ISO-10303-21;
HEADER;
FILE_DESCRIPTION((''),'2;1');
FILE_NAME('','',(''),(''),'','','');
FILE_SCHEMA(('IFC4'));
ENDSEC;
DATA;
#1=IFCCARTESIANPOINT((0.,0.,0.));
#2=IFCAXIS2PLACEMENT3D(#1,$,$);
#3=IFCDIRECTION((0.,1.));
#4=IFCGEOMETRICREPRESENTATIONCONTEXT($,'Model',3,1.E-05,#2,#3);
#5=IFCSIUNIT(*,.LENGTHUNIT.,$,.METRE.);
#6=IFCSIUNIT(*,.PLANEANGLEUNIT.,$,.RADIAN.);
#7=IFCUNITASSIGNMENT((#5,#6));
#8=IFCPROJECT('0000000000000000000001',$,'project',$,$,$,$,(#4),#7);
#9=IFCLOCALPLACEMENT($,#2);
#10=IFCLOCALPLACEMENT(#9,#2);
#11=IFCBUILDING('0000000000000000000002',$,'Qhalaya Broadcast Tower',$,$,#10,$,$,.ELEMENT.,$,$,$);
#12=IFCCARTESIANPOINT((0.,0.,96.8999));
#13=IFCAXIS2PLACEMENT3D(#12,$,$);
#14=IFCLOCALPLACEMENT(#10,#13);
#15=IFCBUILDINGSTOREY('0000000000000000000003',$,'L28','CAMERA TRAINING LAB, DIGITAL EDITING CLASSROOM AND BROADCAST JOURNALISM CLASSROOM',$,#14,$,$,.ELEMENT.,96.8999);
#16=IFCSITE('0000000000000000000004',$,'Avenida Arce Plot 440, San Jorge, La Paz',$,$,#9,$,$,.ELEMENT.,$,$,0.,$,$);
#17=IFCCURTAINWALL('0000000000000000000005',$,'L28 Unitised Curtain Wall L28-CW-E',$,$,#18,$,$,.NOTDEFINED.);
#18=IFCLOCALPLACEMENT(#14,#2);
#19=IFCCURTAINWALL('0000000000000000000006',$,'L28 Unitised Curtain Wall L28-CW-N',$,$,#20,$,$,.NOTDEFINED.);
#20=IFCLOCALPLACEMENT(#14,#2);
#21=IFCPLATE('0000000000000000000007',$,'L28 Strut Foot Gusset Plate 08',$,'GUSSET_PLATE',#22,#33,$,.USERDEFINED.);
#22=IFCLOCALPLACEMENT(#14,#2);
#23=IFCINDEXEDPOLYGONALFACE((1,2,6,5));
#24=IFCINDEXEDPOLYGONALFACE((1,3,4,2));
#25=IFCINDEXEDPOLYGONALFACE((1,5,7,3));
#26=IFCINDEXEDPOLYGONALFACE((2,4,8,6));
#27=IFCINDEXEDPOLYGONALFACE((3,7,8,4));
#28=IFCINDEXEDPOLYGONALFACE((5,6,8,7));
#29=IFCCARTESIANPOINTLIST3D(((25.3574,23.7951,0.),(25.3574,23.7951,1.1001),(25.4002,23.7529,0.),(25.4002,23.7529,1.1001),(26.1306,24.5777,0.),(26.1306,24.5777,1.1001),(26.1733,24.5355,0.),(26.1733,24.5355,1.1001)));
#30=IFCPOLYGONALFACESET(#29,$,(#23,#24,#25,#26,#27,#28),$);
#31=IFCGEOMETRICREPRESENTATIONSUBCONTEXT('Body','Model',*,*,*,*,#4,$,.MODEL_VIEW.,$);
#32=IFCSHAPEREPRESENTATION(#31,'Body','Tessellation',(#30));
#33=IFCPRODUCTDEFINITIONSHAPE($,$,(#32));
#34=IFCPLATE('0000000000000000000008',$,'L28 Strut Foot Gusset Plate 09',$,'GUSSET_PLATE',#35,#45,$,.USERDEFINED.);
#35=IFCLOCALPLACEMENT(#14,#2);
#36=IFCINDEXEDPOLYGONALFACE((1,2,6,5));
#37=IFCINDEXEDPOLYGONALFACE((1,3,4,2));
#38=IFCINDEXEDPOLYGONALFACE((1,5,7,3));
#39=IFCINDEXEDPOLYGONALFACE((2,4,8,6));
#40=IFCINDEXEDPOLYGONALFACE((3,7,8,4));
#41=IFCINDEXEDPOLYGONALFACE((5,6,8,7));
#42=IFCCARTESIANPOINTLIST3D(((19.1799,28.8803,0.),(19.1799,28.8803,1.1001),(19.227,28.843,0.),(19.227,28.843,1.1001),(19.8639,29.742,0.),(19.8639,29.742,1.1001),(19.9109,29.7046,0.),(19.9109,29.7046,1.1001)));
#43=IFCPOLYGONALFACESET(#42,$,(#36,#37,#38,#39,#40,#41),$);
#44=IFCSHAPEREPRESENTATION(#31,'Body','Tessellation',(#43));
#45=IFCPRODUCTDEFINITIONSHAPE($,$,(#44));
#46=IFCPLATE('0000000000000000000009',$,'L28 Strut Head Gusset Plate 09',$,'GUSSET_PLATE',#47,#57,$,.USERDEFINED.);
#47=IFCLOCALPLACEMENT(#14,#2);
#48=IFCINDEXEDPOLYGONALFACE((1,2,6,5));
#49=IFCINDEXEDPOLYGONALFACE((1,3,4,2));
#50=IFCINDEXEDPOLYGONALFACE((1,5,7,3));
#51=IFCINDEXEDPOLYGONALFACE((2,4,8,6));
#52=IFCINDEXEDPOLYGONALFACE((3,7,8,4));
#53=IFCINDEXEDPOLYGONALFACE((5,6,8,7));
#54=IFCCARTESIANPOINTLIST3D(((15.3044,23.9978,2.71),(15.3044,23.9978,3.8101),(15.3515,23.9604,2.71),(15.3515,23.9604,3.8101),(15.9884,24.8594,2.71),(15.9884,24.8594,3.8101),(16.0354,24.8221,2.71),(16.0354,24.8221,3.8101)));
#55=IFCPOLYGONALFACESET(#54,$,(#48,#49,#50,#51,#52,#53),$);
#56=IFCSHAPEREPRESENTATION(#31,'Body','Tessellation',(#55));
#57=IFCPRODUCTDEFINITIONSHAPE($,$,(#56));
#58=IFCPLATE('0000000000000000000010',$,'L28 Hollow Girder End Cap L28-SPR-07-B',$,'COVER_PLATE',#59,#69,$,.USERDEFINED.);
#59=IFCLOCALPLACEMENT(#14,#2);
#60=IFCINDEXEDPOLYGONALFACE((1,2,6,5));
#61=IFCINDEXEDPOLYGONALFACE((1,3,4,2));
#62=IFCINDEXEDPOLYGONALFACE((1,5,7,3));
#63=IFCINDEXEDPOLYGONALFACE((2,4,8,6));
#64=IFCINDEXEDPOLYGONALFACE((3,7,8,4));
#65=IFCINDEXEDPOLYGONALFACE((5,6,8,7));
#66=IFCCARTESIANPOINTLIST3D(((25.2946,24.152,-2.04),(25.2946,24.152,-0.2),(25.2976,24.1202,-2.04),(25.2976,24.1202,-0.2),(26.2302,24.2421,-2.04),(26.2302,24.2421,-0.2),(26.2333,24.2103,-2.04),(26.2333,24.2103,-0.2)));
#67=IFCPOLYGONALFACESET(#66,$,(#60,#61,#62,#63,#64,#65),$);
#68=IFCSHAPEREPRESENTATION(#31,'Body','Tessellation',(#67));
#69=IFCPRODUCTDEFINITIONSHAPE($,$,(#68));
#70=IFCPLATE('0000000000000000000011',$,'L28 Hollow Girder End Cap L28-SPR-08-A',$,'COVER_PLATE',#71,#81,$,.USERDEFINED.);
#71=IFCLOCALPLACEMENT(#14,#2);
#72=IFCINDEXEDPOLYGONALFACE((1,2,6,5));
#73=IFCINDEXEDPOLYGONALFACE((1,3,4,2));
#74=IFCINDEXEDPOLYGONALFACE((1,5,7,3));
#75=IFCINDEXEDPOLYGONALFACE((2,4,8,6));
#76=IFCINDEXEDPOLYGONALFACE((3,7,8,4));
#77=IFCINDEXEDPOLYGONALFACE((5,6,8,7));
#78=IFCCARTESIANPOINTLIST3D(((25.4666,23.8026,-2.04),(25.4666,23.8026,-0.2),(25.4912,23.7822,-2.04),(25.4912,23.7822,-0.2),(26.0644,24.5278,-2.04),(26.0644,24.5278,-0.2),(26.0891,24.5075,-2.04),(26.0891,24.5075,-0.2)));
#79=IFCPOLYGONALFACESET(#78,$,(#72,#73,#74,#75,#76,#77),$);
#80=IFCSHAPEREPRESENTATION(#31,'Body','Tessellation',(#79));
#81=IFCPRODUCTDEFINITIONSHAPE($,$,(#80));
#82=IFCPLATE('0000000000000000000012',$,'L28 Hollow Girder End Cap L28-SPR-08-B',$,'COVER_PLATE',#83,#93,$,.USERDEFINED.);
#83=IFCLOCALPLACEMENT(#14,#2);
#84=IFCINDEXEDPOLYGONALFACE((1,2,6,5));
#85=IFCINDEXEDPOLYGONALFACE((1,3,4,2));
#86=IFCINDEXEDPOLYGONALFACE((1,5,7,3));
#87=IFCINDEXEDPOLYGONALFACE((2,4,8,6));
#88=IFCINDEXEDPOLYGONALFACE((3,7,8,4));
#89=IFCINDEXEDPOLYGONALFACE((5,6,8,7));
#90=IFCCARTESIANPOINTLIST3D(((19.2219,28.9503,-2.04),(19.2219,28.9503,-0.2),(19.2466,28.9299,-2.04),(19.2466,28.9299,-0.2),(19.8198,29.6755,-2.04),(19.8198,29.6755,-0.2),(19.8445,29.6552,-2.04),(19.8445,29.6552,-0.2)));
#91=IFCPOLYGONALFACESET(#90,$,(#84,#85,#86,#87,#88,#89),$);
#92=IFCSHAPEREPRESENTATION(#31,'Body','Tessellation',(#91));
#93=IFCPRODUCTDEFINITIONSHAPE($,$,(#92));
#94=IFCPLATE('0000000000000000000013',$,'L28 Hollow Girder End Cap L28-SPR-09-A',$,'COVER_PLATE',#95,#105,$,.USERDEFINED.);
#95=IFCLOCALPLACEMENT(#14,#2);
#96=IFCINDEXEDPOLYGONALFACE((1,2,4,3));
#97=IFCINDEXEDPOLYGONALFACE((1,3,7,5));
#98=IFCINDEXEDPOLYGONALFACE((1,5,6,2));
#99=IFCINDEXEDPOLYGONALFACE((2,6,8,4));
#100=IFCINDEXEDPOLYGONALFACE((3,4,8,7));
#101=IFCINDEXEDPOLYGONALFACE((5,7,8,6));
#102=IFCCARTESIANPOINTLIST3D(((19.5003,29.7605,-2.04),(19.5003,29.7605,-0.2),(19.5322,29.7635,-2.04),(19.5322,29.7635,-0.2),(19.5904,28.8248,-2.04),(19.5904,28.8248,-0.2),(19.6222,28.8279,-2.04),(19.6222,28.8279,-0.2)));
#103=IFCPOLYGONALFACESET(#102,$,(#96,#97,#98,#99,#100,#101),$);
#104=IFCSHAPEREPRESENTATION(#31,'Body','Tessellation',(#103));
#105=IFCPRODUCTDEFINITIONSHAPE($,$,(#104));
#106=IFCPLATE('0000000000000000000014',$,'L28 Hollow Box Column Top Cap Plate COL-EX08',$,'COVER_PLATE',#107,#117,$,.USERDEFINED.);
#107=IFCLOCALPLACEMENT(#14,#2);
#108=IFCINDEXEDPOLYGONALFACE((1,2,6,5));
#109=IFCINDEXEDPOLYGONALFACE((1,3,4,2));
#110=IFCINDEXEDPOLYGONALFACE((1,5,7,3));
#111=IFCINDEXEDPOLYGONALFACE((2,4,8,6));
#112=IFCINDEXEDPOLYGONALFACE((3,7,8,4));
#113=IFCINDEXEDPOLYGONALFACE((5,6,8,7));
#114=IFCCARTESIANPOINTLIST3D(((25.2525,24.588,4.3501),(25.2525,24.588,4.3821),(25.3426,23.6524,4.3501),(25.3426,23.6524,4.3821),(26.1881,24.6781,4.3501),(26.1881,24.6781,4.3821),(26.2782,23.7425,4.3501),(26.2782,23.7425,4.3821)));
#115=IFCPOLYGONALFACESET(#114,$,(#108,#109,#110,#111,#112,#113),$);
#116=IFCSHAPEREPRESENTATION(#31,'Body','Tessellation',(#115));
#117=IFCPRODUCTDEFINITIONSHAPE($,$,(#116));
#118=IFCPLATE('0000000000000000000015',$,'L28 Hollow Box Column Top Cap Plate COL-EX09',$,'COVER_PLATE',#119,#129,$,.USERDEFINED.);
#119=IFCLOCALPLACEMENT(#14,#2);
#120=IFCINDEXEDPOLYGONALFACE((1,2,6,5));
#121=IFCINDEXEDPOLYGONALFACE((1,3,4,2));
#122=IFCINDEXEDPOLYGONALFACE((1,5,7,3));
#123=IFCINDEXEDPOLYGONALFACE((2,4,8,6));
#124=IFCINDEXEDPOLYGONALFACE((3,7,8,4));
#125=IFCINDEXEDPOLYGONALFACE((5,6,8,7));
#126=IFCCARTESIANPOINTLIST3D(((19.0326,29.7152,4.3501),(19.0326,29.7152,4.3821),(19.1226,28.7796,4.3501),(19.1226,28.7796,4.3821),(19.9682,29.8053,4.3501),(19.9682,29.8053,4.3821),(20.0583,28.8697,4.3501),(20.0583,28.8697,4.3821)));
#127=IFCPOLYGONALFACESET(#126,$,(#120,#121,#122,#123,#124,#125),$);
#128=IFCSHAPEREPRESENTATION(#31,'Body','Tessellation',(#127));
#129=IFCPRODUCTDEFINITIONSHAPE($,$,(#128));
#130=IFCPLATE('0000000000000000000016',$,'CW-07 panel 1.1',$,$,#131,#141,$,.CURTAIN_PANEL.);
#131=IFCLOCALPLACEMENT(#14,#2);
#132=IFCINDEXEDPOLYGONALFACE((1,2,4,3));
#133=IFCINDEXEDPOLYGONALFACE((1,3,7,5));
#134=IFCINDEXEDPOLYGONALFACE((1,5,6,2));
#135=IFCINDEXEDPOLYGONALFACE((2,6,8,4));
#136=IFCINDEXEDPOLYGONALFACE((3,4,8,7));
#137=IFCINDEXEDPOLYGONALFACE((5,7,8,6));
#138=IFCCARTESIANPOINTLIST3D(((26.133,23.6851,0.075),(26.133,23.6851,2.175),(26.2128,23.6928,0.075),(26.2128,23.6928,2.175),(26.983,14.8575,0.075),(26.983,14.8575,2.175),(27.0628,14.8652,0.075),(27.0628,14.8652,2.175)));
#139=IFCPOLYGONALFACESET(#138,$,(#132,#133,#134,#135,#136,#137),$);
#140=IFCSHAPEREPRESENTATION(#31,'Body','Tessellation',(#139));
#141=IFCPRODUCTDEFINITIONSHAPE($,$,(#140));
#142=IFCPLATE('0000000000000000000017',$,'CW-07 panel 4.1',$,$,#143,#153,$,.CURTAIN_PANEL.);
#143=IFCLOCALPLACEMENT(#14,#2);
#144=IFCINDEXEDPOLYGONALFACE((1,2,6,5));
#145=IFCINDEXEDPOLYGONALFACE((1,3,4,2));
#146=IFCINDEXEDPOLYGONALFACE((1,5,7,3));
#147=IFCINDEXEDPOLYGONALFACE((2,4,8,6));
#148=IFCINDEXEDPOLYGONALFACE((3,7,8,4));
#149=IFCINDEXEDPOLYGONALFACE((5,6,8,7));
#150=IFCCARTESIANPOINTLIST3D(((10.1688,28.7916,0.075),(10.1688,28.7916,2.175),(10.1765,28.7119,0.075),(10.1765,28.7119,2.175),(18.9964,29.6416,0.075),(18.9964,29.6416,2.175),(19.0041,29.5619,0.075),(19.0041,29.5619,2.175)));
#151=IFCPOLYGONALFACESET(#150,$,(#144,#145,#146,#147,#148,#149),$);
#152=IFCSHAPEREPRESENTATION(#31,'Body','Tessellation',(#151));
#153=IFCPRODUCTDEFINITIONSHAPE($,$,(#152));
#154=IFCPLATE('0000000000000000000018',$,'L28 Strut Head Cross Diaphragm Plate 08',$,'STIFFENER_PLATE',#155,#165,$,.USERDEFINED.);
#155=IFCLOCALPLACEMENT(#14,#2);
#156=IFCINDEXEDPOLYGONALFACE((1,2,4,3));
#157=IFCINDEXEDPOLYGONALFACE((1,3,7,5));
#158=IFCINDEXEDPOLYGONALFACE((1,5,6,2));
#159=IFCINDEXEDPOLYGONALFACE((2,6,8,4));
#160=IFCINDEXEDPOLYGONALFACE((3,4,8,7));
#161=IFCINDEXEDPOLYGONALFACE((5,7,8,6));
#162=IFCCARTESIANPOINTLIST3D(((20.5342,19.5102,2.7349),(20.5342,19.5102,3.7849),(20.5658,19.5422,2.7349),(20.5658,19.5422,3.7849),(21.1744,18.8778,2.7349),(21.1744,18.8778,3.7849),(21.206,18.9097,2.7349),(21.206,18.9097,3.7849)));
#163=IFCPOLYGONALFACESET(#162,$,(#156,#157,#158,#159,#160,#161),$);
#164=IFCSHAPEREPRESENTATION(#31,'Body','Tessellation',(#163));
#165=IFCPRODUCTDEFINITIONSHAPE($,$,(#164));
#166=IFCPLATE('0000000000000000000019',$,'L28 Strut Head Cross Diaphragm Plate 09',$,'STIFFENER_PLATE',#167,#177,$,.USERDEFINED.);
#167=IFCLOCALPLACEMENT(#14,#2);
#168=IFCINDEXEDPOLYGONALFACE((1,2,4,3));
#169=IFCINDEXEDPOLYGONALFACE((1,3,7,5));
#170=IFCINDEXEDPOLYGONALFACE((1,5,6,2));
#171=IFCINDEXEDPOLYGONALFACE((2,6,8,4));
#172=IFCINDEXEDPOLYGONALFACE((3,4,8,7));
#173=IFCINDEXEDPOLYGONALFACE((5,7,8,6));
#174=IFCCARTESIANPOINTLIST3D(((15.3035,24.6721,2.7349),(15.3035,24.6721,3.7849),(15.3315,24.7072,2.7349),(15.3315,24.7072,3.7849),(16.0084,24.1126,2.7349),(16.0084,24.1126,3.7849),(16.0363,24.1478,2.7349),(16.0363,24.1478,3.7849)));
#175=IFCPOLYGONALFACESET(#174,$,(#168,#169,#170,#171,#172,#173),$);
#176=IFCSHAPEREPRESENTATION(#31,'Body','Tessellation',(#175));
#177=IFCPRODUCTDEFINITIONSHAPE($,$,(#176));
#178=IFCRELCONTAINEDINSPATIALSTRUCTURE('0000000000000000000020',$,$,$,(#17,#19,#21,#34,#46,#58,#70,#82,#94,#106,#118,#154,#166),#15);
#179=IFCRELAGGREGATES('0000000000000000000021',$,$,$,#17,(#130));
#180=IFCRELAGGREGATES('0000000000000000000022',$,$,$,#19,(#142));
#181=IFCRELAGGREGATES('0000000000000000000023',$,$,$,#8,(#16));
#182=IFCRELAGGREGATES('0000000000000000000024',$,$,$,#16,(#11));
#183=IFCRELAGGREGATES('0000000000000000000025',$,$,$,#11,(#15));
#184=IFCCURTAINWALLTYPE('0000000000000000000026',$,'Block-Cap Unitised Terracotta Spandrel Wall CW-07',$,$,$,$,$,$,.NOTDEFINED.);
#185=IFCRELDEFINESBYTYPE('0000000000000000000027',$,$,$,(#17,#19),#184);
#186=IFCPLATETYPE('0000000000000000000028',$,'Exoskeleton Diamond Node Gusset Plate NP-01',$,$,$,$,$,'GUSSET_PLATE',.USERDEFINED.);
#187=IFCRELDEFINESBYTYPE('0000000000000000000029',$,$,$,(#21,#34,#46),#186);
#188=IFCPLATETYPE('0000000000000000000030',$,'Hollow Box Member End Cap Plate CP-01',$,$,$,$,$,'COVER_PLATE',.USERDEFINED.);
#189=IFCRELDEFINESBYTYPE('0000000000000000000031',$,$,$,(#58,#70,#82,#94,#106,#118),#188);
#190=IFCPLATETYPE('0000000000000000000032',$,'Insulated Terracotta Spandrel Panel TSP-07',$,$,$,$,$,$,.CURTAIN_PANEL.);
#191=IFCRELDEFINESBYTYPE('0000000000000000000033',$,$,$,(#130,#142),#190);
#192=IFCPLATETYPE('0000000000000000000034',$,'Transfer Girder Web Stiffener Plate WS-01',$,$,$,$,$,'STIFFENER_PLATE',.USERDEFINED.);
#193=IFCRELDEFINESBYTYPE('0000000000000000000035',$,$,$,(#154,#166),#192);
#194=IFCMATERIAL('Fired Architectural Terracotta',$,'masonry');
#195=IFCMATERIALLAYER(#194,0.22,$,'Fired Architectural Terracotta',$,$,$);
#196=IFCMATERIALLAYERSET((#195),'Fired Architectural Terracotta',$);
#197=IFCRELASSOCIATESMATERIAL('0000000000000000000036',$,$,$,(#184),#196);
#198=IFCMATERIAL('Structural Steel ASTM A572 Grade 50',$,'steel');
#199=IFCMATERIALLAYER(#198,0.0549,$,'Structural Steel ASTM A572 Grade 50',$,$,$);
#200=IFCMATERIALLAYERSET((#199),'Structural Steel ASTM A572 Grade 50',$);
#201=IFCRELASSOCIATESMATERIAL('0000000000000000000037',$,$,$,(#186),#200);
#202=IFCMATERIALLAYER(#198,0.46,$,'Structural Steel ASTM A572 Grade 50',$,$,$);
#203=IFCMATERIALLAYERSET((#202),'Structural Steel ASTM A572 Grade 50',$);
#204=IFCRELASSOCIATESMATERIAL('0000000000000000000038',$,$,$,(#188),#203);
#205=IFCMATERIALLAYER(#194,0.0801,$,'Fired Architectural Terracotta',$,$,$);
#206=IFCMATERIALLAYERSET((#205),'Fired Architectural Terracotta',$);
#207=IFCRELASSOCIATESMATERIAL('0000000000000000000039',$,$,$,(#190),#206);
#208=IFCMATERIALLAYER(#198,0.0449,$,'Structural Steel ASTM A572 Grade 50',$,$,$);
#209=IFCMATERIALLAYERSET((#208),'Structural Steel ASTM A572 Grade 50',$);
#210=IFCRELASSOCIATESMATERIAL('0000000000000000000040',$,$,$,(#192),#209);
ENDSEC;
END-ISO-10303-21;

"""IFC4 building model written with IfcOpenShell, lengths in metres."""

from ifc_helpers import new_model, si_unit, direction, frame, origin, origin_2d, place, context, subcontext, project, spatial, rectangle, extrude, material, layer, layer_set, type_object, element, aggregate, save


model = new_model("IFC4")

# Units and contexts
model_context = context("Model", 3, precision=1e-05, world=origin(), true_north=direction((0.0, 1.0)))
body_context = subcontext(model_context, "Body", "Model", "MODEL_VIEW")
ifc_project = project(units=[si_unit("LENGTHUNIT", "METRE"), si_unit("PLANEANGLEUNIT", "RADIAN")], contexts=[model_context])

# Site, building, storey
site_placement = place(None, origin())
site = spatial("IfcSite", under=ifc_project, at=site_placement, Name="Avenida Arce Plot 440, San Jorge, La Paz", CompositionType="ELEMENT", RefElevation=0.0)
building_placement = place(site_placement, origin())
building = spatial("IfcBuilding", under=site, at=building_placement, Name="Qhalaya Broadcast Tower", CompositionType="ELEMENT")
storey_placement = place(building_placement, frame((0.0, 0.0, 96.8999)))
storey = spatial("IfcBuildingStorey", under=building, at=storey_placement, Name="L28", Description="CAMERA TRAINING LAB, DIGITAL EDITING CLASSROOM AND BROADCAST JOURNALISM CLASSROOM", CompositionType="ELEMENT", Elevation=96.8999)

# Shared definitions
ifc_material_1 = material(Name="Structural Steel ASTM A572 Grade 50", Category="steel")

# Curtain walls
ifc_material_2 = material(Name="Fired Architectural Terracotta", Category="masonry")
ifc_layer_1 = layer(ifc_material_2, 0.22, Name="Fired Architectural Terracotta")
ifc_layer_set_1 = layer_set([ifc_layer_1], Name="Fired Architectural Terracotta")
curtain_wall_type = type_object("IfcCurtainWallType", Name="Block-Cap Unitised Terracotta Spandrel Wall CW-07", PredefinedType="NOTDEFINED", material=ifc_layer_set_1)
curtain_wall_1_placement = place(storey_placement, origin())
curtain_wall_1 = element("IfcCurtainWall", 1, at=curtain_wall_1_placement, inside=storey, type_object=curtain_wall_type, Name="L28 Unitised Curtain Wall L28-CW-E", PredefinedType="NOTDEFINED")
curtain_wall_2_placement = place(storey_placement, origin())
curtain_wall_2 = element("IfcCurtainWall", 2, at=curtain_wall_2_placement, inside=storey, type_object=curtain_wall_type, Name="L28 Unitised Curtain Wall L28-CW-N", PredefinedType="NOTDEFINED")

# Plates
ifc_layer_2 = layer(ifc_material_1, 0.0549, Name="Structural Steel ASTM A572 Grade 50")
ifc_layer_set_2 = layer_set([ifc_layer_2], Name="Structural Steel ASTM A572 Grade 50")
plate_type_1 = type_object("IfcPlateType", Name="Exoskeleton Diamond Node Gusset Plate NP-01", ElementType="GUSSET_PLATE", PredefinedType="USERDEFINED", material=ifc_layer_set_2)
for number, where, z_axis, x_axis, name in (
    (3, (25.7654, 24.1653, 0.0), (0.0, 0.0, 1.0), (-0.702811, -0.711376, 0.0), "L28 Strut Foot Gusset Plate 08"),
    (4, (19.5454, 29.2925, 0.0), (0.0, 0.0, 1.0), (-0.621695, -0.78326, 0.0), "L28 Strut Foot Gusset Plate 09"),
    (5, (15.6699, 24.4099, 2.71), (0.0, 0.0, 1.0), (-0.621695, -0.78326, 0.0), "L28 Strut Head Gusset Plate 09"),
):
    element("IfcPlate", number, at=place(storey_placement, frame(where, z_axis=z_axis, x_axis=x_axis)), inside=storey, type_object=plate_type_1, Name=name, ObjectType="GUSSET_PLATE", PredefinedType="USERDEFINED", context=body_context, shape_type="SweptSolid", body=[
        extrude(rectangle(XDim=1.1001, YDim=0.0601, at=origin_2d()), origin(), (0.0, 0.0, 1.0), 1.1001),
    ])
ifc_layer_3 = layer(ifc_material_1, 0.46, Name="Structural Steel ASTM A572 Grade 50")
ifc_layer_set_3 = layer_set([ifc_layer_3], Name="Structural Steel ASTM A572 Grade 50")
plate_type_2 = type_object("IfcPlateType", Name="Hollow Box Member End Cap Plate CP-01", ElementType="COVER_PLATE", PredefinedType="USERDEFINED", material=ifc_layer_set_3)
for number, where, z_axis, x_axis, name in (
    (6, (25.7639, 24.1812, -2.04), (0.0, 0.0, 1.0), (-0.995396, -0.095846, 0.0), "L28 Hollow Girder End Cap L28-SPR-07-B"),
    (7, (25.7778, 24.155, -2.04), (0.0, 0.0, 1.0), (-0.636078, -0.771625, 0.0), "L28 Hollow Girder End Cap L28-SPR-08-A"),
    (8, (19.5332, 29.3027, -2.04), (0.0, 0.0, 1.0), (-0.636078, -0.771625, 0.0), "L28 Hollow Girder End Cap L28-SPR-08-B"),
    (9, (19.5613, 29.2942, -2.04), (0.0, 0.0, 1.0), (0.095846, -0.995396, 0.0), "L28 Hollow Girder End Cap L28-SPR-09-A"),
):
    element("IfcPlate", number, at=place(storey_placement, frame(where, z_axis=z_axis, x_axis=x_axis)), inside=storey, type_object=plate_type_2, Name=name, ObjectType="COVER_PLATE", PredefinedType="USERDEFINED", context=body_context, shape_type="SweptSolid", body=[
        extrude(rectangle(XDim=0.9399, YDim=0.032, at=origin_2d()), origin(), (0.0, 0.0, 1.0), 1.8401),
    ])
for number, where, z_axis, x_axis, name in (
    (10, (25.7654, 24.1653, 4.3501), (0.0, 0.0, 1.0), (-0.095846, 0.995396, 0.0), "L28 Hollow Box Column Top Cap Plate COL-EX08"),
    (11, (19.5454, 29.2925, 4.3501), (0.0, 0.0, 1.0), (0.995396, 0.095846, 0.0), "L28 Hollow Box Column Top Cap Plate COL-EX09"),
):
    element("IfcPlate", number, at=place(storey_placement, frame(where, z_axis=z_axis, x_axis=x_axis)), inside=storey, type_object=plate_type_2, Name=name, ObjectType="COVER_PLATE", PredefinedType="USERDEFINED", context=body_context, shape_type="SweptSolid", body=[
        extrude(rectangle(XDim=0.9399, YDim=0.9399, at=origin_2d()), origin(), (0.0, 0.0, 1.0), 0.032),
    ])

# Plates
ifc_layer_4 = layer(ifc_material_2, 0.0801, Name="Fired Architectural Terracotta")
ifc_layer_set_4 = layer_set([ifc_layer_4], Name="Fired Architectural Terracotta")
plate_type_3 = type_object("IfcPlateType", Name="Insulated Terracotta Spandrel Panel TSP-07", PredefinedType="CURTAIN_PANEL", material=ifc_layer_set_4)
plate_1_placement = place(storey_placement, frame((26.5979, 19.2751, 0.075), z_axis=(0.0, 0.0, 1.0), x_axis=(0.095847, -0.995396, 0.0)))
plate_1 = element("IfcPlate", 12, at=plate_1_placement, type_object=plate_type_3, Name="CW-07 panel 1.1", PredefinedType="CURTAIN_PANEL", context=body_context, shape_type="SweptSolid", body=[
    extrude(rectangle(XDim=8.8684, YDim=0.0801, at=origin_2d()), origin(), (0.0, 0.0, 1.0), 2.1001),
])
aggregate(curtain_wall_1, [plate_1])
plate_2_placement = place(storey_placement, frame((14.5864, 29.1768, 0.075), z_axis=(0.0, 0.0, 1.0), x_axis=(0.995396, 0.095847, 0.0)))
plate_2 = element("IfcPlate", 13, at=plate_2_placement, type_object=plate_type_3, Name="CW-07 panel 4.1", PredefinedType="CURTAIN_PANEL", context=body_context, shape_type="SweptSolid", body=[
    extrude(rectangle(XDim=8.8684, YDim=0.0801, at=origin_2d()), origin(), (0.0, 0.0, 1.0), 2.1001),
])
aggregate(curtain_wall_2, [plate_2])

# Plates
ifc_layer_5 = layer(ifc_material_1, 0.0449, Name="Structural Steel ASTM A572 Grade 50")
ifc_layer_set_5 = layer_set([ifc_layer_5], Name="Structural Steel ASTM A572 Grade 50")
plate_type_4 = type_object("IfcPlateType", Name="Transfer Girder Web Stiffener Plate WS-01", ElementType="STIFFENER_PLATE", PredefinedType="USERDEFINED", material=ifc_layer_set_5)
for number, where, z_axis, x_axis, name in (
    (14, (20.8701, 19.21, 2.7349), (0.0, 0.0, 1.0), (0.711376, -0.702811, 0.0), "L28 Strut Head Cross Diaphragm Plate 08"),
    (15, (15.6699, 24.4099, 2.7349), (0.0, 0.0, 1.0), (0.78326, -0.621695, 0.0), "L28 Strut Head Cross Diaphragm Plate 09"),
):
    element("IfcPlate", number, at=place(storey_placement, frame(where, z_axis=z_axis, x_axis=x_axis)), inside=storey, type_object=plate_type_4, Name=name, ObjectType="STIFFENER_PLATE", PredefinedType="USERDEFINED", context=body_context, shape_type="SweptSolid", body=[
        extrude(rectangle(XDim=0.8999, YDim=0.0449, at=origin_2d()), origin(), (0.0, 0.0, 1.0), 1.05),
    ])

save(model, "model.ifc")
